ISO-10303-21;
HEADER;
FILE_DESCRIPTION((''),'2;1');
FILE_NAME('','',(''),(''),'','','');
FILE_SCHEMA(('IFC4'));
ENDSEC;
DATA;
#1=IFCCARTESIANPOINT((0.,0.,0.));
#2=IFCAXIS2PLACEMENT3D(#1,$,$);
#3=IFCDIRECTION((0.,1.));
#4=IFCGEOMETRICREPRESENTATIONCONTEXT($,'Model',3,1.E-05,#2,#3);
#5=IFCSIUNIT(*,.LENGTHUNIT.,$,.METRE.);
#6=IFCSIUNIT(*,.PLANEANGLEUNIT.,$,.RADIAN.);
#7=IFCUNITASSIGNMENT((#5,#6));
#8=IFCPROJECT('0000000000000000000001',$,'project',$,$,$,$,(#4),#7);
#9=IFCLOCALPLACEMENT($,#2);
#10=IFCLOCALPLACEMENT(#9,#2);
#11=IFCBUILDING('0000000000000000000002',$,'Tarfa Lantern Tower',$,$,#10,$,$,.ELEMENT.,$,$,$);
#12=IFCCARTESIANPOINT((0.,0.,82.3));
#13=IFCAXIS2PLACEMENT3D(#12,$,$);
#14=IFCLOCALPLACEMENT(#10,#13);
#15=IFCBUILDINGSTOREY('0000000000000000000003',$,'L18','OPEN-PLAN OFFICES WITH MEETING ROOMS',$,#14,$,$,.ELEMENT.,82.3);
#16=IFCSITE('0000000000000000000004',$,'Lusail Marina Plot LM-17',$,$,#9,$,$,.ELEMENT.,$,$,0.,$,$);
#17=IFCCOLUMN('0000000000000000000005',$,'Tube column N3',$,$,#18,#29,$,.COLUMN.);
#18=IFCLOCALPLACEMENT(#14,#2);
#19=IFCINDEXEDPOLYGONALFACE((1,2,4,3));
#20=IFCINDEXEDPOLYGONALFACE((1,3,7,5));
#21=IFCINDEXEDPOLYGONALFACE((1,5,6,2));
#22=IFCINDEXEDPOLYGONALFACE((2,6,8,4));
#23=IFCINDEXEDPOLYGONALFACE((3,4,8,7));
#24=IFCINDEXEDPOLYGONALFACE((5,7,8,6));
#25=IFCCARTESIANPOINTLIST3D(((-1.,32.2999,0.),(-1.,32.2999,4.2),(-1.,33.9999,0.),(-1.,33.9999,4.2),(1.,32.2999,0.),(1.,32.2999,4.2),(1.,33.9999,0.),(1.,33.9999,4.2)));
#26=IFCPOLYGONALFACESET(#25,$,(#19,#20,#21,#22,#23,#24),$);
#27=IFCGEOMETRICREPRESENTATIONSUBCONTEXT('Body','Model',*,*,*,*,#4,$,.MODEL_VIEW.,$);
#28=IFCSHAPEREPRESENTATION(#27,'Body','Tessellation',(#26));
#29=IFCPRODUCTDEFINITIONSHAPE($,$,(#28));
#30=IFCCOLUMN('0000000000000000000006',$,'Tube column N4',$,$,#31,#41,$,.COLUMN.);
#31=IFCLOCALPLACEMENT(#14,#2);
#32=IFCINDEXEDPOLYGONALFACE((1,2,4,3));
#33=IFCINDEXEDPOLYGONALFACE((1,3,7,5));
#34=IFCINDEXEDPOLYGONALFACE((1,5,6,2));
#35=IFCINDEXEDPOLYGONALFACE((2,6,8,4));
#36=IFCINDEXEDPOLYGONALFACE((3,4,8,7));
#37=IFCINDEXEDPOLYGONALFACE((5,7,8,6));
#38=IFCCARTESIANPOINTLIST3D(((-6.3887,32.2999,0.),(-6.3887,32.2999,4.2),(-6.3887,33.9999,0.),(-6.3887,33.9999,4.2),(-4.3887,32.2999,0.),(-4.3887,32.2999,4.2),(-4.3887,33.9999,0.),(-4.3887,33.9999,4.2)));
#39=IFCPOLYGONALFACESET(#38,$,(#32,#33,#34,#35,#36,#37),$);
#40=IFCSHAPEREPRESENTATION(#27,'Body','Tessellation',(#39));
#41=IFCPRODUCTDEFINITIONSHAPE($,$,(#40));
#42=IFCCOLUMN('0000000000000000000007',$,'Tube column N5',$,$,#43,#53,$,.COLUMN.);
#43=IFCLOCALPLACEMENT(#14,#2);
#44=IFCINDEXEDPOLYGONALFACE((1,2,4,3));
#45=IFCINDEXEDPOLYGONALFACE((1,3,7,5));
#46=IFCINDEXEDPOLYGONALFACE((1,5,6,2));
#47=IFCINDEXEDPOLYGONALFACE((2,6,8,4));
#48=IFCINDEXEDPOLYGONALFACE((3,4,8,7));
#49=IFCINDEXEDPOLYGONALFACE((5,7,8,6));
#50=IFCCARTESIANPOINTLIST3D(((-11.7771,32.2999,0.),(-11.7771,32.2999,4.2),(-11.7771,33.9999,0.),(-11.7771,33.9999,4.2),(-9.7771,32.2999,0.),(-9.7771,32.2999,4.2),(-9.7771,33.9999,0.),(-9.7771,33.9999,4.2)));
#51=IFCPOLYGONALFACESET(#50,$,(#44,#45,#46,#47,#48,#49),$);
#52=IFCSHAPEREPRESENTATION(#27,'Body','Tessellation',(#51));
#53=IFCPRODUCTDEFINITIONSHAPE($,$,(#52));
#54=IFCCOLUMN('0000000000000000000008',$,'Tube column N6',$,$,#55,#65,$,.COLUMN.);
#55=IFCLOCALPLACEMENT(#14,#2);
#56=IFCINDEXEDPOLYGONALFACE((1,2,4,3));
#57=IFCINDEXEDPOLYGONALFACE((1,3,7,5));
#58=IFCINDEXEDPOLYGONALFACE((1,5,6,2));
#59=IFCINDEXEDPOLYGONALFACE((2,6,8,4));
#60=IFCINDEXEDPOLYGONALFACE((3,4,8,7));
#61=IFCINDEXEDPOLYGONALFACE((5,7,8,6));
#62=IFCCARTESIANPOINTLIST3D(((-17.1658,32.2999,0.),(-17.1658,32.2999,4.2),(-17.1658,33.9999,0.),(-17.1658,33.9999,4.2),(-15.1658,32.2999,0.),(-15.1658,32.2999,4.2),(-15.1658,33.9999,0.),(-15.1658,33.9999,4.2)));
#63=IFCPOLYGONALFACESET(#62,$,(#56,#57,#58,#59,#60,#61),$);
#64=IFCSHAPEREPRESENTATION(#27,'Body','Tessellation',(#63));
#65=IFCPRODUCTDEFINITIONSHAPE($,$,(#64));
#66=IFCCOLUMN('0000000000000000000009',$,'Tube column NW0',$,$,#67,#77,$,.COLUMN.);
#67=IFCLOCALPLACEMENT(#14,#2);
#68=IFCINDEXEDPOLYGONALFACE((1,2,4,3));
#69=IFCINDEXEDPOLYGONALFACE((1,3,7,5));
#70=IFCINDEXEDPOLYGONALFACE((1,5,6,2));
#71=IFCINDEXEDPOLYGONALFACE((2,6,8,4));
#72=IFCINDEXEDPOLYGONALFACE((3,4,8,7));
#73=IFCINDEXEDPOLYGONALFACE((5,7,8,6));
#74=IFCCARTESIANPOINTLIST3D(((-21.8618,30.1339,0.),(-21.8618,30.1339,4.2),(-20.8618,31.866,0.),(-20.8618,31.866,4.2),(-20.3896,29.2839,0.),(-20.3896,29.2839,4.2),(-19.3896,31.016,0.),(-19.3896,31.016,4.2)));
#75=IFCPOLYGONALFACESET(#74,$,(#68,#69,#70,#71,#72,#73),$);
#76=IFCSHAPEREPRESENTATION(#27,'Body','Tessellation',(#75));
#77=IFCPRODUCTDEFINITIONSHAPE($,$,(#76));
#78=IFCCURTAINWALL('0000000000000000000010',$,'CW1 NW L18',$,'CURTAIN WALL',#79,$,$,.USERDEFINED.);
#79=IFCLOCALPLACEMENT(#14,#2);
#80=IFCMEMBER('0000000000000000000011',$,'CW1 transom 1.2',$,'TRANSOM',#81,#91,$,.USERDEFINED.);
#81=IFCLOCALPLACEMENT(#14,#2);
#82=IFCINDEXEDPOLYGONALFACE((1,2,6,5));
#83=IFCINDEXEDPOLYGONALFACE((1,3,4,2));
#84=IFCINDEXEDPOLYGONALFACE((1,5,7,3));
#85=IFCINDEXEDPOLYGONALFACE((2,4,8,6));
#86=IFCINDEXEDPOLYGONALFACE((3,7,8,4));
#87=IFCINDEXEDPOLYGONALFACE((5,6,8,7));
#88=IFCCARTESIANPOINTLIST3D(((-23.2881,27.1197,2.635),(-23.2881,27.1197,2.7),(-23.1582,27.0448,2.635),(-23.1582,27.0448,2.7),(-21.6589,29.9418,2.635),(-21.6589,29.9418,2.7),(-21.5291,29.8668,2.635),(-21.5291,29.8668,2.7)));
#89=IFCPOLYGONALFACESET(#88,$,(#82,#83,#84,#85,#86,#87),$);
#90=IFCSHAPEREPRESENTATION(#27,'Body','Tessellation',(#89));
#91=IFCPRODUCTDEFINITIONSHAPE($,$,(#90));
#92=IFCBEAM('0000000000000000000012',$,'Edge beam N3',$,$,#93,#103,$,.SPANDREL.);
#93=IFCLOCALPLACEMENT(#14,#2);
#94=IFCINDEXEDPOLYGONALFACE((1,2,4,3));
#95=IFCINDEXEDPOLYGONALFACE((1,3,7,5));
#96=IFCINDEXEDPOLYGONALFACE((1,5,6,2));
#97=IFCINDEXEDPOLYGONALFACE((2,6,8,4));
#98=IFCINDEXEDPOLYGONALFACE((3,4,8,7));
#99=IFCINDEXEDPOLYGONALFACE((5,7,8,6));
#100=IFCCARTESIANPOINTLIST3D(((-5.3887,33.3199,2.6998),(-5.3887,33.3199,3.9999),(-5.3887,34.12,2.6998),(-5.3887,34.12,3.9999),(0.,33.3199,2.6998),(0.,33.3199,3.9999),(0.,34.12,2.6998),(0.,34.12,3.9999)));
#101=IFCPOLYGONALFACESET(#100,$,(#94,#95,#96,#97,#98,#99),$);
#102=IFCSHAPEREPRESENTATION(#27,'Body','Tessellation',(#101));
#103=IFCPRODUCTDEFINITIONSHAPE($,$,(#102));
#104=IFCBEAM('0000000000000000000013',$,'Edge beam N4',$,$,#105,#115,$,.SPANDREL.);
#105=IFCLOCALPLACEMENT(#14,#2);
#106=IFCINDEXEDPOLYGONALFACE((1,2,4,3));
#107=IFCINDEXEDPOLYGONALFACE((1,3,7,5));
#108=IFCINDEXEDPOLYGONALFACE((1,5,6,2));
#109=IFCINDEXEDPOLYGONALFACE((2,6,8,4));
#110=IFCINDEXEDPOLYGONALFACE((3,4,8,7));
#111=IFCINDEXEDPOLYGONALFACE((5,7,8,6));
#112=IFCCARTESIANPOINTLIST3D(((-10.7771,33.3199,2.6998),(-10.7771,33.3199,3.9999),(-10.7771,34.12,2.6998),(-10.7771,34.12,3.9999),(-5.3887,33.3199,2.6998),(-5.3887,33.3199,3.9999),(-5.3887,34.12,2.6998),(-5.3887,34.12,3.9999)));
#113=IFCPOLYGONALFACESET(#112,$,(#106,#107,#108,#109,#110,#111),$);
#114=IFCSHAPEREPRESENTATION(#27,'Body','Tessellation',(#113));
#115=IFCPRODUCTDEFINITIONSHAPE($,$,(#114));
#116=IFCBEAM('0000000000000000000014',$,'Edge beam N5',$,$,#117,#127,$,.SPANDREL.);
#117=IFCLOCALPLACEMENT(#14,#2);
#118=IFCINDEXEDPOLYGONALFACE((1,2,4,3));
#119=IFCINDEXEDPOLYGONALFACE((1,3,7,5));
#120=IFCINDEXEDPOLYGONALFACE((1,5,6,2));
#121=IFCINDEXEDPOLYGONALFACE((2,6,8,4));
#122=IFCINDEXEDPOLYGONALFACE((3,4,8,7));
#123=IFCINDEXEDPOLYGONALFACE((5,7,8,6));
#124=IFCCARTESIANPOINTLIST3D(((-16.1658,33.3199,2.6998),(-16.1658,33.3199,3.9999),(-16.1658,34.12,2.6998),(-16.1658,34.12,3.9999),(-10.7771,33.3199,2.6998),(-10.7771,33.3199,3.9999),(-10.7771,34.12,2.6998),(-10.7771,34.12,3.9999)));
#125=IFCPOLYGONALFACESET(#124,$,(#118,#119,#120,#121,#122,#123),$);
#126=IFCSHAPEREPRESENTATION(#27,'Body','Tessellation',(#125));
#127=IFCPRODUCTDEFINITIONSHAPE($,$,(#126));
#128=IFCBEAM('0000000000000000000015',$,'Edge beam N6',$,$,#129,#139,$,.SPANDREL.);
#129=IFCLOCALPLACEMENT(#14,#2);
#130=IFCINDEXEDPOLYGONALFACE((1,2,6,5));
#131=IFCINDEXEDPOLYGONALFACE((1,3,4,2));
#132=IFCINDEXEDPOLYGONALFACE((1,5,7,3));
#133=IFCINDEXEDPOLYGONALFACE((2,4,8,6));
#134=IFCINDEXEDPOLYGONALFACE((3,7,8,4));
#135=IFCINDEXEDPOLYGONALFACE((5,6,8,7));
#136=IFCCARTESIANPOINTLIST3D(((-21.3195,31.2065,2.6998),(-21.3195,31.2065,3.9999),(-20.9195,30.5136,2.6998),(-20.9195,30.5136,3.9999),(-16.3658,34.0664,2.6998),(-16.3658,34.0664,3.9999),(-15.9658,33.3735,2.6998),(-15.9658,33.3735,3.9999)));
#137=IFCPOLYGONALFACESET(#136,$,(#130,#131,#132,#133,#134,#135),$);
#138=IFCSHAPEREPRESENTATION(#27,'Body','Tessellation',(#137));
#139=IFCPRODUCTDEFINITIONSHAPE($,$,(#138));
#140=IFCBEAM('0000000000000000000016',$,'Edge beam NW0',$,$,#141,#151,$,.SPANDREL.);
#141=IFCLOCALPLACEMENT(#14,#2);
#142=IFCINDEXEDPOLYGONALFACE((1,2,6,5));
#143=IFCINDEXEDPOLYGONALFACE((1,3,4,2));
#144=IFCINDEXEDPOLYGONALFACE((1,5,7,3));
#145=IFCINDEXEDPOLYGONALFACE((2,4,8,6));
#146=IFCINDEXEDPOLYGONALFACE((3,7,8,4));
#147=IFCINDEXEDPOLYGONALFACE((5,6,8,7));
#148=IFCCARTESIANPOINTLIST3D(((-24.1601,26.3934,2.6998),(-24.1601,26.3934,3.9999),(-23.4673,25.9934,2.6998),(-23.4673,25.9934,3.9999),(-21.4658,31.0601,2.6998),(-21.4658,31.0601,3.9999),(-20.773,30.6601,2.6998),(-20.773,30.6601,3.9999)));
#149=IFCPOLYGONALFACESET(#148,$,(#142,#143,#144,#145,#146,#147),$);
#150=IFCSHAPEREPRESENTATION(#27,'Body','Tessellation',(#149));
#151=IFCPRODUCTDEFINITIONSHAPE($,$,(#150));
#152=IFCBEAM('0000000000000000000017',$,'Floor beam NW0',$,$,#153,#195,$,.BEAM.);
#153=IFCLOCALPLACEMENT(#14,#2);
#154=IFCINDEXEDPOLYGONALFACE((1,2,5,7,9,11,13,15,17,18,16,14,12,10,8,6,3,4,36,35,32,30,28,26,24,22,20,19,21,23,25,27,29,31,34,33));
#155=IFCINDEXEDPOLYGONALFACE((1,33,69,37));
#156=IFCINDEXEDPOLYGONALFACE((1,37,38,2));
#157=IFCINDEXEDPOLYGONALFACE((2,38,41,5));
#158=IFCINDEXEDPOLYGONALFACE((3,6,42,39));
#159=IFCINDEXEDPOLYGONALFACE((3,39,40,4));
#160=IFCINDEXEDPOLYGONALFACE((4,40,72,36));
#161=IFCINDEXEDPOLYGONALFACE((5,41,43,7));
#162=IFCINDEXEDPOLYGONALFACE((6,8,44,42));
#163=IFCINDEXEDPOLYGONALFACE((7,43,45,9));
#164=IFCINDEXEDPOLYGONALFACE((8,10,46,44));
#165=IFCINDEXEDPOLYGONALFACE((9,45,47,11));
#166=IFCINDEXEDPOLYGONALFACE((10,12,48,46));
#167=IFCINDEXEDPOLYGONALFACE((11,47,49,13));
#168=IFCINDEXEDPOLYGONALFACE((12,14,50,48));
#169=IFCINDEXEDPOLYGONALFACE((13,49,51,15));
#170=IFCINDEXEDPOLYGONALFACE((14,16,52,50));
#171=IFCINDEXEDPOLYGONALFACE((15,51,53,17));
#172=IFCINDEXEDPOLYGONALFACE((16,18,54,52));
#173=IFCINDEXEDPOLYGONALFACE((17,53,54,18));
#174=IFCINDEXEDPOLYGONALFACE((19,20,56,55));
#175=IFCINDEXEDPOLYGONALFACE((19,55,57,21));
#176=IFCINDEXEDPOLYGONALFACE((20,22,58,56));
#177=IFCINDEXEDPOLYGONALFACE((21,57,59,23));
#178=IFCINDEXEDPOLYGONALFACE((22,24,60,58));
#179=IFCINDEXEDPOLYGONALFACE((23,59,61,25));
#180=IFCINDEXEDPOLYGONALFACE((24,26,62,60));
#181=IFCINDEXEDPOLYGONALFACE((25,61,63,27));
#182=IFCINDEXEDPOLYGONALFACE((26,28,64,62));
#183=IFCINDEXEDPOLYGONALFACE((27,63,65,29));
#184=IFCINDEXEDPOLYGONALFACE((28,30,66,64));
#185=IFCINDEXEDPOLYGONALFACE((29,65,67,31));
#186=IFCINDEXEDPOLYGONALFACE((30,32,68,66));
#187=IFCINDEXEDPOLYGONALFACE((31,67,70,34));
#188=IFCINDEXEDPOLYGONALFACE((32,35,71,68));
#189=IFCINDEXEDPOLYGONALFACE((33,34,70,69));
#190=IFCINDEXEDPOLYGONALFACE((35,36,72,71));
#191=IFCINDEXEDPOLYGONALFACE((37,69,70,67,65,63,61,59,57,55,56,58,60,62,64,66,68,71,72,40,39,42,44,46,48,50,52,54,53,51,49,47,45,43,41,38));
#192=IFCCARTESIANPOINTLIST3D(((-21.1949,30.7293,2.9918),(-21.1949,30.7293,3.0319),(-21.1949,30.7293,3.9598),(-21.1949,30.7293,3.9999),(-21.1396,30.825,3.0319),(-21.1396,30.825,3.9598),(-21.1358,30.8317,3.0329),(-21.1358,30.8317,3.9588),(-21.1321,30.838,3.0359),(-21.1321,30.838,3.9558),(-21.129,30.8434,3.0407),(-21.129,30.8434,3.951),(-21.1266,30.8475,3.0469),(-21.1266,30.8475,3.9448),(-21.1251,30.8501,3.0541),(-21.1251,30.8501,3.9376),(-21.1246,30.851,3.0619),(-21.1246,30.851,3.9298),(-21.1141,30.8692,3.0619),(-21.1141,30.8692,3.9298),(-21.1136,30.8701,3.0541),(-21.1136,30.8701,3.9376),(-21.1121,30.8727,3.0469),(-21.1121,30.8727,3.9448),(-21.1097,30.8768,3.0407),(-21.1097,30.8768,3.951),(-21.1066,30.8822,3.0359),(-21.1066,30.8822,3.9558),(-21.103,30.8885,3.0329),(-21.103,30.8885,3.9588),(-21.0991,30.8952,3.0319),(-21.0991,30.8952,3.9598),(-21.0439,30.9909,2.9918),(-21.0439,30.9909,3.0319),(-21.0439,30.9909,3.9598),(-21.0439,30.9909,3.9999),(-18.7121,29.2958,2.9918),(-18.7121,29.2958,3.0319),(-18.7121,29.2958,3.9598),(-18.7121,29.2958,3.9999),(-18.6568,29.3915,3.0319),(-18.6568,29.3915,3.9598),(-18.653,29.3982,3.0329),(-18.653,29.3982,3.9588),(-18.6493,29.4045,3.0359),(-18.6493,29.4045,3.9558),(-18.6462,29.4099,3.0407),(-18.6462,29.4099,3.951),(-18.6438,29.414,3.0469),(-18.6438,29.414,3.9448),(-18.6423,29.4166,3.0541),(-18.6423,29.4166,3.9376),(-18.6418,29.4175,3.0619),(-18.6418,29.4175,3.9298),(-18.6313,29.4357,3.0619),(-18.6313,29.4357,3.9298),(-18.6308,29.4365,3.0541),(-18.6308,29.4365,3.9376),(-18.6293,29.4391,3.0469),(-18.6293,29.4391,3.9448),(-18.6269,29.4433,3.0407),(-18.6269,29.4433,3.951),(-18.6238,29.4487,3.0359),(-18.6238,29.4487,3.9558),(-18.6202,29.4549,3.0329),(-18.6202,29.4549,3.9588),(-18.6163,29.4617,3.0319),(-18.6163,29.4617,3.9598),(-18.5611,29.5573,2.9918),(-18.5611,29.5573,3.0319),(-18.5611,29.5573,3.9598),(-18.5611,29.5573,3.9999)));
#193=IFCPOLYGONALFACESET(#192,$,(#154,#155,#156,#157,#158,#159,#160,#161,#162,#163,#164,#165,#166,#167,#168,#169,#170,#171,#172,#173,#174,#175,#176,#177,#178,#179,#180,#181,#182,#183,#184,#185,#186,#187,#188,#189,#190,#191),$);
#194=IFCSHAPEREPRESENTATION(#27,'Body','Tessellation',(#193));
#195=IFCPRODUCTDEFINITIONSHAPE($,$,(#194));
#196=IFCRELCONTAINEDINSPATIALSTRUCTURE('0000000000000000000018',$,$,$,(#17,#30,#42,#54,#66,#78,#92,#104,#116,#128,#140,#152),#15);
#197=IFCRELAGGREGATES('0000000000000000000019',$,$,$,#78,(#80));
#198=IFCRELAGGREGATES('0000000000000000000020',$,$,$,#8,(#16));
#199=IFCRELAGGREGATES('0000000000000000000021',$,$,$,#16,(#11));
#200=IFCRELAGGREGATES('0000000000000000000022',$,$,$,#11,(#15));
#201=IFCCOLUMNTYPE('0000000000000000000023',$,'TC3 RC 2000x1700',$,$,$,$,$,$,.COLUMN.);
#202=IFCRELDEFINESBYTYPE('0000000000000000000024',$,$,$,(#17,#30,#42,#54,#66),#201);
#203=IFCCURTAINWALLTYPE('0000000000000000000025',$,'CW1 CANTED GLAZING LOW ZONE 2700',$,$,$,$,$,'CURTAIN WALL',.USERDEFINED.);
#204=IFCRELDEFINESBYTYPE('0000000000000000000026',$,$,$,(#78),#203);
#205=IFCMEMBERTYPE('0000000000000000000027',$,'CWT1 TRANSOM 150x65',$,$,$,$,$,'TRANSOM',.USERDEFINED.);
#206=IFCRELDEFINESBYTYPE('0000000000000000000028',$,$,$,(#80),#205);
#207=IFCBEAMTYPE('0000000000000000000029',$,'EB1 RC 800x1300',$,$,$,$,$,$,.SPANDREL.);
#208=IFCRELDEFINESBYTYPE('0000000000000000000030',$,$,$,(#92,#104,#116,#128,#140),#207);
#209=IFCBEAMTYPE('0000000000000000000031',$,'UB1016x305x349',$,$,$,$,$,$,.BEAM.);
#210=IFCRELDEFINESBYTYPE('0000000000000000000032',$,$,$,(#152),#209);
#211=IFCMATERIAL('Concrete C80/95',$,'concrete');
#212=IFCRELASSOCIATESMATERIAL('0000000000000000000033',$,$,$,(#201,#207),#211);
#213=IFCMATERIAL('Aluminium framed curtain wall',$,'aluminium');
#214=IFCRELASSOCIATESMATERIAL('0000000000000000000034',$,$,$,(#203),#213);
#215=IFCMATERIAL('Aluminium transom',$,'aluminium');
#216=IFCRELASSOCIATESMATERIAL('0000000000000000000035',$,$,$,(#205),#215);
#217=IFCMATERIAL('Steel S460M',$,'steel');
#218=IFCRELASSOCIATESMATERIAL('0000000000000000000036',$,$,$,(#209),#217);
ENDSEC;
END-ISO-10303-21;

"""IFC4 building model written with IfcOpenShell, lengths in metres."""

from ifc_helpers import new_model, si_unit, direction, frame, origin, origin_2d, place, context, subcontext, project, spatial, rectangle, i_section, extrude, material, material_profile, profile_set, type_object, element, aggregate, save


model = new_model("IFC4")

# Units and contexts
model_context = context("Model", 3, precision=1e-05, world=origin(), true_north=direction((0.0, 1.0)))
body_context = subcontext(model_context, "Body", "Model", "MODEL_VIEW")
ifc_project = project(units=[si_unit("LENGTHUNIT", "METRE"), si_unit("PLANEANGLEUNIT", "RADIAN")], contexts=[model_context])

# Site, building, storey
site_placement = place(None, origin())
site = spatial("IfcSite", under=ifc_project, at=site_placement, Name="Lusail Marina Plot LM-17", CompositionType="ELEMENT", RefElevation=0.0)
building_placement = place(site_placement, origin())
building = spatial("IfcBuilding", under=site, at=building_placement, Name="Tarfa Lantern Tower", CompositionType="ELEMENT")
storey_placement = place(building_placement, frame((0.0, 0.0, 82.3)))
storey = spatial("IfcBuildingStorey", under=building, at=storey_placement, Name="L18", Description="OPEN-PLAN OFFICES WITH MEETING ROOMS", CompositionType="ELEMENT", Elevation=82.3)

# Columns
ifc_material_1 = material(Name="Concrete C80/95", Category="concrete")
ifc_material_profile_1 = material_profile(ifc_material_1, rectangle(XDim=2.0, YDim=1.7, at=origin_2d()), Name="RC 2000x1700")
ifc_profile_set_1 = profile_set([ifc_material_profile_1], Name="Concrete C80/95")
column_type = type_object("IfcColumnType", Name="TC3 RC 2000x1700", PredefinedType="COLUMN", material=ifc_profile_set_1)
for number, where, z_axis, x_axis, name in (
    (1, (0.0, 33.1499, 0.0), (0.0, 0.0, 1.0), (-1.0, 0.0, 0.0), "Tube column N3"),
    (2, (-5.3887, 33.1499, 0.0), (0.0, 0.0, 1.0), (-1.0, 0.0, 0.0), "Tube column N4"),
    (3, (-10.7771, 33.1499, 0.0), (0.0, 0.0, 1.0), (-1.0, 0.0, 0.0), "Tube column N5"),
    (4, (-16.1658, 33.1499, 0.0), (0.0, 0.0, 1.0), (-1.0, 0.0, 0.0), "Tube column N6"),
    (5, (-20.6257, 30.575, 0.0), (0.0, 0.0, 1.0), (-0.5, -0.866025, 0.0), "Tube column NW0"),
):
    element("IfcColumn", number, at=place(storey_placement, frame(where, z_axis=z_axis, x_axis=x_axis)), inside=storey, type_object=column_type, Name=name, PredefinedType="COLUMN", context=body_context, shape_type="SweptSolid", body=[
        extrude(rectangle(XDim=2.0, YDim=1.7, at=origin_2d()), origin(), (0.0, 0.0, 1.0), 4.2),
    ])

# Curtain wall, member
ifc_material_2 = material(Name="Aluminium framed curtain wall", Category="aluminium")
curtain_wall_type = type_object("IfcCurtainWallType", Name="CW1 CANTED GLAZING LOW ZONE 2700", ElementType="CURTAIN WALL", PredefinedType="USERDEFINED", material=ifc_material_2)
curtain_wall_placement = place(storey_placement, origin())
curtain_wall = element("IfcCurtainWall", 6, at=curtain_wall_placement, inside=storey, type_object=curtain_wall_type, Name="CW1 NW L18", ObjectType="CURTAIN WALL", PredefinedType="USERDEFINED")
ifc_material_3 = material(Name="Aluminium transom", Category="aluminium")
ifc_material_profile_2 = material_profile(ifc_material_3, rectangle(XDim=0.1499, YDim=0.0649, at=origin_2d()), Name="AL TRANSOM 150x65")
ifc_profile_set_2 = profile_set([ifc_material_profile_2], Name="Aluminium transom")
member_type = type_object("IfcMemberType", Name="CWT1 TRANSOM 150x65", ElementType="TRANSOM", PredefinedType="USERDEFINED", material=ifc_profile_set_2)
member_placement = place(storey_placement, frame((-21.594, 29.9043, 2.6675), z_axis=(-0.499967, -0.866045, 0.0), x_axis=(0.866045, -0.499967, 0.0)))
member = element("IfcMember", 7, at=member_placement, type_object=member_type, Name="CW1 transom 1.2", ObjectType="TRANSOM", PredefinedType="USERDEFINED", context=body_context, shape_type="SweptSolid", body=[
    extrude(rectangle(XDim=0.1499, YDim=0.0649, at=origin_2d()), origin(), (0.0, 0.0, 1.0), 3.2585),
])
aggregate(curtain_wall, [member])

# Beams
ifc_material_profile_3 = material_profile(ifc_material_1, rectangle(XDim=0.8, YDim=1.3, at=origin_2d()), Name="RC 800x1300")
ifc_profile_set_3 = profile_set([ifc_material_profile_3], Name="Concrete C80/95")
beam_type_1 = type_object("IfcBeamType", Name="EB1 RC 800x1300", PredefinedType="SPANDREL", material=ifc_profile_set_3)
beam_1_placement = place(storey_placement, frame((0.0, 33.72, 3.3499), z_axis=(-1.0, 0.0, 0.0), x_axis=(0.0, -1.0, 0.0)))
element("IfcBeam", 8, at=beam_1_placement, inside=storey, type_object=beam_type_1, Name="Edge beam N3", PredefinedType="SPANDREL", context=body_context, shape_type="SweptSolid", body=[
    extrude(rectangle(XDim=0.8, YDim=1.3, at=origin_2d()), origin(), (0.0, 0.0, 1.0), 5.3887),
])
beam_2_placement = place(storey_placement, frame((-5.3887, 33.72, 3.3499), z_axis=(-1.0, 0.0, 0.0), x_axis=(0.0, -1.0, 0.0)))
element("IfcBeam", 9, at=beam_2_placement, inside=storey, type_object=beam_type_1, Name="Edge beam N4", PredefinedType="SPANDREL", context=body_context, shape_type="SweptSolid", body=[
    extrude(rectangle(XDim=0.8, YDim=1.3, at=origin_2d()), origin(), (0.0, 0.0, 1.0), 5.3884),
])
beam_3_placement = place(storey_placement, frame((-10.7771, 33.72, 3.3499), z_axis=(-1.0, 0.0, 0.0), x_axis=(0.0, -1.0, 0.0)))
element("IfcBeam", 10, at=beam_3_placement, inside=storey, type_object=beam_type_1, Name="Edge beam N5", PredefinedType="SPANDREL", context=body_context, shape_type="SweptSolid", body=[
    extrude(rectangle(XDim=0.8, YDim=1.3, at=origin_2d()), origin(), (0.0, 0.0, 1.0), 5.3887),
])
beam_4_placement = place(storey_placement, frame((-16.1658, 33.72, 3.3499), z_axis=(-0.866033, -0.499986, 0.0), x_axis=(0.499986, -0.866033, 0.0)))
element("IfcBeam", 11, at=beam_4_placement, inside=storey, type_object=beam_type_1, Name="Edge beam N6", PredefinedType="SPANDREL", context=body_context, shape_type="SweptSolid", body=[
    extrude(rectangle(XDim=0.8, YDim=1.3, at=origin_2d()), origin(), (0.0, 0.0, 1.0), 5.72),
])
beam_5_placement = place(storey_placement, frame((-21.1194, 30.8601, 3.3499), z_axis=(-0.499998, -0.866026, 0.0), x_axis=(0.866026, -0.499998, 0.0)))
element("IfcBeam", 12, at=beam_5_placement, inside=storey, type_object=beam_type_1, Name="Edge beam NW0", PredefinedType="SPANDREL", context=body_context, shape_type="SweptSolid", body=[
    extrude(rectangle(XDim=0.8, YDim=1.3, at=origin_2d()), origin(), (0.0, 0.0, 1.0), 5.3887),
])
ifc_material_4 = material(Name="Steel S460M", Category="steel")
ifc_material_profile_4 = material_profile(ifc_material_4, i_section(OverallWidth=0.302, OverallDepth=1.0081, WebThickness=0.021, FlangeThickness=0.04, FilletRadius=0.03, at=origin_2d()), Name="UB1016x305x349")
ifc_profile_set_4 = profile_set([ifc_material_profile_4], Name="Steel S460M")
beam_type_2 = type_object("IfcBeamType", Name="UB1016x305x349", PredefinedType="BEAM", material=ifc_profile_set_4)
beam_6_placement = place(storey_placement, frame((-21.1194, 30.8601, 3.4958), z_axis=(0.866013, -0.500022, 0.0), x_axis=(0.500022, 0.866013, 0.0)))
element("IfcBeam", 13, at=beam_6_placement, inside=storey, type_object=beam_type_2, Name="Floor beam NW0", PredefinedType="BEAM", context=body_context, shape_type="SweptSolid", body=[
    extrude(i_section(OverallWidth=0.302, OverallDepth=1.0081, WebThickness=0.021, FlangeThickness=0.04, FilletRadius=0.03, at=origin_2d()), origin(), (0.0, 0.0, 1.0), 2.8669),
])

save(model, "model.ifc")
